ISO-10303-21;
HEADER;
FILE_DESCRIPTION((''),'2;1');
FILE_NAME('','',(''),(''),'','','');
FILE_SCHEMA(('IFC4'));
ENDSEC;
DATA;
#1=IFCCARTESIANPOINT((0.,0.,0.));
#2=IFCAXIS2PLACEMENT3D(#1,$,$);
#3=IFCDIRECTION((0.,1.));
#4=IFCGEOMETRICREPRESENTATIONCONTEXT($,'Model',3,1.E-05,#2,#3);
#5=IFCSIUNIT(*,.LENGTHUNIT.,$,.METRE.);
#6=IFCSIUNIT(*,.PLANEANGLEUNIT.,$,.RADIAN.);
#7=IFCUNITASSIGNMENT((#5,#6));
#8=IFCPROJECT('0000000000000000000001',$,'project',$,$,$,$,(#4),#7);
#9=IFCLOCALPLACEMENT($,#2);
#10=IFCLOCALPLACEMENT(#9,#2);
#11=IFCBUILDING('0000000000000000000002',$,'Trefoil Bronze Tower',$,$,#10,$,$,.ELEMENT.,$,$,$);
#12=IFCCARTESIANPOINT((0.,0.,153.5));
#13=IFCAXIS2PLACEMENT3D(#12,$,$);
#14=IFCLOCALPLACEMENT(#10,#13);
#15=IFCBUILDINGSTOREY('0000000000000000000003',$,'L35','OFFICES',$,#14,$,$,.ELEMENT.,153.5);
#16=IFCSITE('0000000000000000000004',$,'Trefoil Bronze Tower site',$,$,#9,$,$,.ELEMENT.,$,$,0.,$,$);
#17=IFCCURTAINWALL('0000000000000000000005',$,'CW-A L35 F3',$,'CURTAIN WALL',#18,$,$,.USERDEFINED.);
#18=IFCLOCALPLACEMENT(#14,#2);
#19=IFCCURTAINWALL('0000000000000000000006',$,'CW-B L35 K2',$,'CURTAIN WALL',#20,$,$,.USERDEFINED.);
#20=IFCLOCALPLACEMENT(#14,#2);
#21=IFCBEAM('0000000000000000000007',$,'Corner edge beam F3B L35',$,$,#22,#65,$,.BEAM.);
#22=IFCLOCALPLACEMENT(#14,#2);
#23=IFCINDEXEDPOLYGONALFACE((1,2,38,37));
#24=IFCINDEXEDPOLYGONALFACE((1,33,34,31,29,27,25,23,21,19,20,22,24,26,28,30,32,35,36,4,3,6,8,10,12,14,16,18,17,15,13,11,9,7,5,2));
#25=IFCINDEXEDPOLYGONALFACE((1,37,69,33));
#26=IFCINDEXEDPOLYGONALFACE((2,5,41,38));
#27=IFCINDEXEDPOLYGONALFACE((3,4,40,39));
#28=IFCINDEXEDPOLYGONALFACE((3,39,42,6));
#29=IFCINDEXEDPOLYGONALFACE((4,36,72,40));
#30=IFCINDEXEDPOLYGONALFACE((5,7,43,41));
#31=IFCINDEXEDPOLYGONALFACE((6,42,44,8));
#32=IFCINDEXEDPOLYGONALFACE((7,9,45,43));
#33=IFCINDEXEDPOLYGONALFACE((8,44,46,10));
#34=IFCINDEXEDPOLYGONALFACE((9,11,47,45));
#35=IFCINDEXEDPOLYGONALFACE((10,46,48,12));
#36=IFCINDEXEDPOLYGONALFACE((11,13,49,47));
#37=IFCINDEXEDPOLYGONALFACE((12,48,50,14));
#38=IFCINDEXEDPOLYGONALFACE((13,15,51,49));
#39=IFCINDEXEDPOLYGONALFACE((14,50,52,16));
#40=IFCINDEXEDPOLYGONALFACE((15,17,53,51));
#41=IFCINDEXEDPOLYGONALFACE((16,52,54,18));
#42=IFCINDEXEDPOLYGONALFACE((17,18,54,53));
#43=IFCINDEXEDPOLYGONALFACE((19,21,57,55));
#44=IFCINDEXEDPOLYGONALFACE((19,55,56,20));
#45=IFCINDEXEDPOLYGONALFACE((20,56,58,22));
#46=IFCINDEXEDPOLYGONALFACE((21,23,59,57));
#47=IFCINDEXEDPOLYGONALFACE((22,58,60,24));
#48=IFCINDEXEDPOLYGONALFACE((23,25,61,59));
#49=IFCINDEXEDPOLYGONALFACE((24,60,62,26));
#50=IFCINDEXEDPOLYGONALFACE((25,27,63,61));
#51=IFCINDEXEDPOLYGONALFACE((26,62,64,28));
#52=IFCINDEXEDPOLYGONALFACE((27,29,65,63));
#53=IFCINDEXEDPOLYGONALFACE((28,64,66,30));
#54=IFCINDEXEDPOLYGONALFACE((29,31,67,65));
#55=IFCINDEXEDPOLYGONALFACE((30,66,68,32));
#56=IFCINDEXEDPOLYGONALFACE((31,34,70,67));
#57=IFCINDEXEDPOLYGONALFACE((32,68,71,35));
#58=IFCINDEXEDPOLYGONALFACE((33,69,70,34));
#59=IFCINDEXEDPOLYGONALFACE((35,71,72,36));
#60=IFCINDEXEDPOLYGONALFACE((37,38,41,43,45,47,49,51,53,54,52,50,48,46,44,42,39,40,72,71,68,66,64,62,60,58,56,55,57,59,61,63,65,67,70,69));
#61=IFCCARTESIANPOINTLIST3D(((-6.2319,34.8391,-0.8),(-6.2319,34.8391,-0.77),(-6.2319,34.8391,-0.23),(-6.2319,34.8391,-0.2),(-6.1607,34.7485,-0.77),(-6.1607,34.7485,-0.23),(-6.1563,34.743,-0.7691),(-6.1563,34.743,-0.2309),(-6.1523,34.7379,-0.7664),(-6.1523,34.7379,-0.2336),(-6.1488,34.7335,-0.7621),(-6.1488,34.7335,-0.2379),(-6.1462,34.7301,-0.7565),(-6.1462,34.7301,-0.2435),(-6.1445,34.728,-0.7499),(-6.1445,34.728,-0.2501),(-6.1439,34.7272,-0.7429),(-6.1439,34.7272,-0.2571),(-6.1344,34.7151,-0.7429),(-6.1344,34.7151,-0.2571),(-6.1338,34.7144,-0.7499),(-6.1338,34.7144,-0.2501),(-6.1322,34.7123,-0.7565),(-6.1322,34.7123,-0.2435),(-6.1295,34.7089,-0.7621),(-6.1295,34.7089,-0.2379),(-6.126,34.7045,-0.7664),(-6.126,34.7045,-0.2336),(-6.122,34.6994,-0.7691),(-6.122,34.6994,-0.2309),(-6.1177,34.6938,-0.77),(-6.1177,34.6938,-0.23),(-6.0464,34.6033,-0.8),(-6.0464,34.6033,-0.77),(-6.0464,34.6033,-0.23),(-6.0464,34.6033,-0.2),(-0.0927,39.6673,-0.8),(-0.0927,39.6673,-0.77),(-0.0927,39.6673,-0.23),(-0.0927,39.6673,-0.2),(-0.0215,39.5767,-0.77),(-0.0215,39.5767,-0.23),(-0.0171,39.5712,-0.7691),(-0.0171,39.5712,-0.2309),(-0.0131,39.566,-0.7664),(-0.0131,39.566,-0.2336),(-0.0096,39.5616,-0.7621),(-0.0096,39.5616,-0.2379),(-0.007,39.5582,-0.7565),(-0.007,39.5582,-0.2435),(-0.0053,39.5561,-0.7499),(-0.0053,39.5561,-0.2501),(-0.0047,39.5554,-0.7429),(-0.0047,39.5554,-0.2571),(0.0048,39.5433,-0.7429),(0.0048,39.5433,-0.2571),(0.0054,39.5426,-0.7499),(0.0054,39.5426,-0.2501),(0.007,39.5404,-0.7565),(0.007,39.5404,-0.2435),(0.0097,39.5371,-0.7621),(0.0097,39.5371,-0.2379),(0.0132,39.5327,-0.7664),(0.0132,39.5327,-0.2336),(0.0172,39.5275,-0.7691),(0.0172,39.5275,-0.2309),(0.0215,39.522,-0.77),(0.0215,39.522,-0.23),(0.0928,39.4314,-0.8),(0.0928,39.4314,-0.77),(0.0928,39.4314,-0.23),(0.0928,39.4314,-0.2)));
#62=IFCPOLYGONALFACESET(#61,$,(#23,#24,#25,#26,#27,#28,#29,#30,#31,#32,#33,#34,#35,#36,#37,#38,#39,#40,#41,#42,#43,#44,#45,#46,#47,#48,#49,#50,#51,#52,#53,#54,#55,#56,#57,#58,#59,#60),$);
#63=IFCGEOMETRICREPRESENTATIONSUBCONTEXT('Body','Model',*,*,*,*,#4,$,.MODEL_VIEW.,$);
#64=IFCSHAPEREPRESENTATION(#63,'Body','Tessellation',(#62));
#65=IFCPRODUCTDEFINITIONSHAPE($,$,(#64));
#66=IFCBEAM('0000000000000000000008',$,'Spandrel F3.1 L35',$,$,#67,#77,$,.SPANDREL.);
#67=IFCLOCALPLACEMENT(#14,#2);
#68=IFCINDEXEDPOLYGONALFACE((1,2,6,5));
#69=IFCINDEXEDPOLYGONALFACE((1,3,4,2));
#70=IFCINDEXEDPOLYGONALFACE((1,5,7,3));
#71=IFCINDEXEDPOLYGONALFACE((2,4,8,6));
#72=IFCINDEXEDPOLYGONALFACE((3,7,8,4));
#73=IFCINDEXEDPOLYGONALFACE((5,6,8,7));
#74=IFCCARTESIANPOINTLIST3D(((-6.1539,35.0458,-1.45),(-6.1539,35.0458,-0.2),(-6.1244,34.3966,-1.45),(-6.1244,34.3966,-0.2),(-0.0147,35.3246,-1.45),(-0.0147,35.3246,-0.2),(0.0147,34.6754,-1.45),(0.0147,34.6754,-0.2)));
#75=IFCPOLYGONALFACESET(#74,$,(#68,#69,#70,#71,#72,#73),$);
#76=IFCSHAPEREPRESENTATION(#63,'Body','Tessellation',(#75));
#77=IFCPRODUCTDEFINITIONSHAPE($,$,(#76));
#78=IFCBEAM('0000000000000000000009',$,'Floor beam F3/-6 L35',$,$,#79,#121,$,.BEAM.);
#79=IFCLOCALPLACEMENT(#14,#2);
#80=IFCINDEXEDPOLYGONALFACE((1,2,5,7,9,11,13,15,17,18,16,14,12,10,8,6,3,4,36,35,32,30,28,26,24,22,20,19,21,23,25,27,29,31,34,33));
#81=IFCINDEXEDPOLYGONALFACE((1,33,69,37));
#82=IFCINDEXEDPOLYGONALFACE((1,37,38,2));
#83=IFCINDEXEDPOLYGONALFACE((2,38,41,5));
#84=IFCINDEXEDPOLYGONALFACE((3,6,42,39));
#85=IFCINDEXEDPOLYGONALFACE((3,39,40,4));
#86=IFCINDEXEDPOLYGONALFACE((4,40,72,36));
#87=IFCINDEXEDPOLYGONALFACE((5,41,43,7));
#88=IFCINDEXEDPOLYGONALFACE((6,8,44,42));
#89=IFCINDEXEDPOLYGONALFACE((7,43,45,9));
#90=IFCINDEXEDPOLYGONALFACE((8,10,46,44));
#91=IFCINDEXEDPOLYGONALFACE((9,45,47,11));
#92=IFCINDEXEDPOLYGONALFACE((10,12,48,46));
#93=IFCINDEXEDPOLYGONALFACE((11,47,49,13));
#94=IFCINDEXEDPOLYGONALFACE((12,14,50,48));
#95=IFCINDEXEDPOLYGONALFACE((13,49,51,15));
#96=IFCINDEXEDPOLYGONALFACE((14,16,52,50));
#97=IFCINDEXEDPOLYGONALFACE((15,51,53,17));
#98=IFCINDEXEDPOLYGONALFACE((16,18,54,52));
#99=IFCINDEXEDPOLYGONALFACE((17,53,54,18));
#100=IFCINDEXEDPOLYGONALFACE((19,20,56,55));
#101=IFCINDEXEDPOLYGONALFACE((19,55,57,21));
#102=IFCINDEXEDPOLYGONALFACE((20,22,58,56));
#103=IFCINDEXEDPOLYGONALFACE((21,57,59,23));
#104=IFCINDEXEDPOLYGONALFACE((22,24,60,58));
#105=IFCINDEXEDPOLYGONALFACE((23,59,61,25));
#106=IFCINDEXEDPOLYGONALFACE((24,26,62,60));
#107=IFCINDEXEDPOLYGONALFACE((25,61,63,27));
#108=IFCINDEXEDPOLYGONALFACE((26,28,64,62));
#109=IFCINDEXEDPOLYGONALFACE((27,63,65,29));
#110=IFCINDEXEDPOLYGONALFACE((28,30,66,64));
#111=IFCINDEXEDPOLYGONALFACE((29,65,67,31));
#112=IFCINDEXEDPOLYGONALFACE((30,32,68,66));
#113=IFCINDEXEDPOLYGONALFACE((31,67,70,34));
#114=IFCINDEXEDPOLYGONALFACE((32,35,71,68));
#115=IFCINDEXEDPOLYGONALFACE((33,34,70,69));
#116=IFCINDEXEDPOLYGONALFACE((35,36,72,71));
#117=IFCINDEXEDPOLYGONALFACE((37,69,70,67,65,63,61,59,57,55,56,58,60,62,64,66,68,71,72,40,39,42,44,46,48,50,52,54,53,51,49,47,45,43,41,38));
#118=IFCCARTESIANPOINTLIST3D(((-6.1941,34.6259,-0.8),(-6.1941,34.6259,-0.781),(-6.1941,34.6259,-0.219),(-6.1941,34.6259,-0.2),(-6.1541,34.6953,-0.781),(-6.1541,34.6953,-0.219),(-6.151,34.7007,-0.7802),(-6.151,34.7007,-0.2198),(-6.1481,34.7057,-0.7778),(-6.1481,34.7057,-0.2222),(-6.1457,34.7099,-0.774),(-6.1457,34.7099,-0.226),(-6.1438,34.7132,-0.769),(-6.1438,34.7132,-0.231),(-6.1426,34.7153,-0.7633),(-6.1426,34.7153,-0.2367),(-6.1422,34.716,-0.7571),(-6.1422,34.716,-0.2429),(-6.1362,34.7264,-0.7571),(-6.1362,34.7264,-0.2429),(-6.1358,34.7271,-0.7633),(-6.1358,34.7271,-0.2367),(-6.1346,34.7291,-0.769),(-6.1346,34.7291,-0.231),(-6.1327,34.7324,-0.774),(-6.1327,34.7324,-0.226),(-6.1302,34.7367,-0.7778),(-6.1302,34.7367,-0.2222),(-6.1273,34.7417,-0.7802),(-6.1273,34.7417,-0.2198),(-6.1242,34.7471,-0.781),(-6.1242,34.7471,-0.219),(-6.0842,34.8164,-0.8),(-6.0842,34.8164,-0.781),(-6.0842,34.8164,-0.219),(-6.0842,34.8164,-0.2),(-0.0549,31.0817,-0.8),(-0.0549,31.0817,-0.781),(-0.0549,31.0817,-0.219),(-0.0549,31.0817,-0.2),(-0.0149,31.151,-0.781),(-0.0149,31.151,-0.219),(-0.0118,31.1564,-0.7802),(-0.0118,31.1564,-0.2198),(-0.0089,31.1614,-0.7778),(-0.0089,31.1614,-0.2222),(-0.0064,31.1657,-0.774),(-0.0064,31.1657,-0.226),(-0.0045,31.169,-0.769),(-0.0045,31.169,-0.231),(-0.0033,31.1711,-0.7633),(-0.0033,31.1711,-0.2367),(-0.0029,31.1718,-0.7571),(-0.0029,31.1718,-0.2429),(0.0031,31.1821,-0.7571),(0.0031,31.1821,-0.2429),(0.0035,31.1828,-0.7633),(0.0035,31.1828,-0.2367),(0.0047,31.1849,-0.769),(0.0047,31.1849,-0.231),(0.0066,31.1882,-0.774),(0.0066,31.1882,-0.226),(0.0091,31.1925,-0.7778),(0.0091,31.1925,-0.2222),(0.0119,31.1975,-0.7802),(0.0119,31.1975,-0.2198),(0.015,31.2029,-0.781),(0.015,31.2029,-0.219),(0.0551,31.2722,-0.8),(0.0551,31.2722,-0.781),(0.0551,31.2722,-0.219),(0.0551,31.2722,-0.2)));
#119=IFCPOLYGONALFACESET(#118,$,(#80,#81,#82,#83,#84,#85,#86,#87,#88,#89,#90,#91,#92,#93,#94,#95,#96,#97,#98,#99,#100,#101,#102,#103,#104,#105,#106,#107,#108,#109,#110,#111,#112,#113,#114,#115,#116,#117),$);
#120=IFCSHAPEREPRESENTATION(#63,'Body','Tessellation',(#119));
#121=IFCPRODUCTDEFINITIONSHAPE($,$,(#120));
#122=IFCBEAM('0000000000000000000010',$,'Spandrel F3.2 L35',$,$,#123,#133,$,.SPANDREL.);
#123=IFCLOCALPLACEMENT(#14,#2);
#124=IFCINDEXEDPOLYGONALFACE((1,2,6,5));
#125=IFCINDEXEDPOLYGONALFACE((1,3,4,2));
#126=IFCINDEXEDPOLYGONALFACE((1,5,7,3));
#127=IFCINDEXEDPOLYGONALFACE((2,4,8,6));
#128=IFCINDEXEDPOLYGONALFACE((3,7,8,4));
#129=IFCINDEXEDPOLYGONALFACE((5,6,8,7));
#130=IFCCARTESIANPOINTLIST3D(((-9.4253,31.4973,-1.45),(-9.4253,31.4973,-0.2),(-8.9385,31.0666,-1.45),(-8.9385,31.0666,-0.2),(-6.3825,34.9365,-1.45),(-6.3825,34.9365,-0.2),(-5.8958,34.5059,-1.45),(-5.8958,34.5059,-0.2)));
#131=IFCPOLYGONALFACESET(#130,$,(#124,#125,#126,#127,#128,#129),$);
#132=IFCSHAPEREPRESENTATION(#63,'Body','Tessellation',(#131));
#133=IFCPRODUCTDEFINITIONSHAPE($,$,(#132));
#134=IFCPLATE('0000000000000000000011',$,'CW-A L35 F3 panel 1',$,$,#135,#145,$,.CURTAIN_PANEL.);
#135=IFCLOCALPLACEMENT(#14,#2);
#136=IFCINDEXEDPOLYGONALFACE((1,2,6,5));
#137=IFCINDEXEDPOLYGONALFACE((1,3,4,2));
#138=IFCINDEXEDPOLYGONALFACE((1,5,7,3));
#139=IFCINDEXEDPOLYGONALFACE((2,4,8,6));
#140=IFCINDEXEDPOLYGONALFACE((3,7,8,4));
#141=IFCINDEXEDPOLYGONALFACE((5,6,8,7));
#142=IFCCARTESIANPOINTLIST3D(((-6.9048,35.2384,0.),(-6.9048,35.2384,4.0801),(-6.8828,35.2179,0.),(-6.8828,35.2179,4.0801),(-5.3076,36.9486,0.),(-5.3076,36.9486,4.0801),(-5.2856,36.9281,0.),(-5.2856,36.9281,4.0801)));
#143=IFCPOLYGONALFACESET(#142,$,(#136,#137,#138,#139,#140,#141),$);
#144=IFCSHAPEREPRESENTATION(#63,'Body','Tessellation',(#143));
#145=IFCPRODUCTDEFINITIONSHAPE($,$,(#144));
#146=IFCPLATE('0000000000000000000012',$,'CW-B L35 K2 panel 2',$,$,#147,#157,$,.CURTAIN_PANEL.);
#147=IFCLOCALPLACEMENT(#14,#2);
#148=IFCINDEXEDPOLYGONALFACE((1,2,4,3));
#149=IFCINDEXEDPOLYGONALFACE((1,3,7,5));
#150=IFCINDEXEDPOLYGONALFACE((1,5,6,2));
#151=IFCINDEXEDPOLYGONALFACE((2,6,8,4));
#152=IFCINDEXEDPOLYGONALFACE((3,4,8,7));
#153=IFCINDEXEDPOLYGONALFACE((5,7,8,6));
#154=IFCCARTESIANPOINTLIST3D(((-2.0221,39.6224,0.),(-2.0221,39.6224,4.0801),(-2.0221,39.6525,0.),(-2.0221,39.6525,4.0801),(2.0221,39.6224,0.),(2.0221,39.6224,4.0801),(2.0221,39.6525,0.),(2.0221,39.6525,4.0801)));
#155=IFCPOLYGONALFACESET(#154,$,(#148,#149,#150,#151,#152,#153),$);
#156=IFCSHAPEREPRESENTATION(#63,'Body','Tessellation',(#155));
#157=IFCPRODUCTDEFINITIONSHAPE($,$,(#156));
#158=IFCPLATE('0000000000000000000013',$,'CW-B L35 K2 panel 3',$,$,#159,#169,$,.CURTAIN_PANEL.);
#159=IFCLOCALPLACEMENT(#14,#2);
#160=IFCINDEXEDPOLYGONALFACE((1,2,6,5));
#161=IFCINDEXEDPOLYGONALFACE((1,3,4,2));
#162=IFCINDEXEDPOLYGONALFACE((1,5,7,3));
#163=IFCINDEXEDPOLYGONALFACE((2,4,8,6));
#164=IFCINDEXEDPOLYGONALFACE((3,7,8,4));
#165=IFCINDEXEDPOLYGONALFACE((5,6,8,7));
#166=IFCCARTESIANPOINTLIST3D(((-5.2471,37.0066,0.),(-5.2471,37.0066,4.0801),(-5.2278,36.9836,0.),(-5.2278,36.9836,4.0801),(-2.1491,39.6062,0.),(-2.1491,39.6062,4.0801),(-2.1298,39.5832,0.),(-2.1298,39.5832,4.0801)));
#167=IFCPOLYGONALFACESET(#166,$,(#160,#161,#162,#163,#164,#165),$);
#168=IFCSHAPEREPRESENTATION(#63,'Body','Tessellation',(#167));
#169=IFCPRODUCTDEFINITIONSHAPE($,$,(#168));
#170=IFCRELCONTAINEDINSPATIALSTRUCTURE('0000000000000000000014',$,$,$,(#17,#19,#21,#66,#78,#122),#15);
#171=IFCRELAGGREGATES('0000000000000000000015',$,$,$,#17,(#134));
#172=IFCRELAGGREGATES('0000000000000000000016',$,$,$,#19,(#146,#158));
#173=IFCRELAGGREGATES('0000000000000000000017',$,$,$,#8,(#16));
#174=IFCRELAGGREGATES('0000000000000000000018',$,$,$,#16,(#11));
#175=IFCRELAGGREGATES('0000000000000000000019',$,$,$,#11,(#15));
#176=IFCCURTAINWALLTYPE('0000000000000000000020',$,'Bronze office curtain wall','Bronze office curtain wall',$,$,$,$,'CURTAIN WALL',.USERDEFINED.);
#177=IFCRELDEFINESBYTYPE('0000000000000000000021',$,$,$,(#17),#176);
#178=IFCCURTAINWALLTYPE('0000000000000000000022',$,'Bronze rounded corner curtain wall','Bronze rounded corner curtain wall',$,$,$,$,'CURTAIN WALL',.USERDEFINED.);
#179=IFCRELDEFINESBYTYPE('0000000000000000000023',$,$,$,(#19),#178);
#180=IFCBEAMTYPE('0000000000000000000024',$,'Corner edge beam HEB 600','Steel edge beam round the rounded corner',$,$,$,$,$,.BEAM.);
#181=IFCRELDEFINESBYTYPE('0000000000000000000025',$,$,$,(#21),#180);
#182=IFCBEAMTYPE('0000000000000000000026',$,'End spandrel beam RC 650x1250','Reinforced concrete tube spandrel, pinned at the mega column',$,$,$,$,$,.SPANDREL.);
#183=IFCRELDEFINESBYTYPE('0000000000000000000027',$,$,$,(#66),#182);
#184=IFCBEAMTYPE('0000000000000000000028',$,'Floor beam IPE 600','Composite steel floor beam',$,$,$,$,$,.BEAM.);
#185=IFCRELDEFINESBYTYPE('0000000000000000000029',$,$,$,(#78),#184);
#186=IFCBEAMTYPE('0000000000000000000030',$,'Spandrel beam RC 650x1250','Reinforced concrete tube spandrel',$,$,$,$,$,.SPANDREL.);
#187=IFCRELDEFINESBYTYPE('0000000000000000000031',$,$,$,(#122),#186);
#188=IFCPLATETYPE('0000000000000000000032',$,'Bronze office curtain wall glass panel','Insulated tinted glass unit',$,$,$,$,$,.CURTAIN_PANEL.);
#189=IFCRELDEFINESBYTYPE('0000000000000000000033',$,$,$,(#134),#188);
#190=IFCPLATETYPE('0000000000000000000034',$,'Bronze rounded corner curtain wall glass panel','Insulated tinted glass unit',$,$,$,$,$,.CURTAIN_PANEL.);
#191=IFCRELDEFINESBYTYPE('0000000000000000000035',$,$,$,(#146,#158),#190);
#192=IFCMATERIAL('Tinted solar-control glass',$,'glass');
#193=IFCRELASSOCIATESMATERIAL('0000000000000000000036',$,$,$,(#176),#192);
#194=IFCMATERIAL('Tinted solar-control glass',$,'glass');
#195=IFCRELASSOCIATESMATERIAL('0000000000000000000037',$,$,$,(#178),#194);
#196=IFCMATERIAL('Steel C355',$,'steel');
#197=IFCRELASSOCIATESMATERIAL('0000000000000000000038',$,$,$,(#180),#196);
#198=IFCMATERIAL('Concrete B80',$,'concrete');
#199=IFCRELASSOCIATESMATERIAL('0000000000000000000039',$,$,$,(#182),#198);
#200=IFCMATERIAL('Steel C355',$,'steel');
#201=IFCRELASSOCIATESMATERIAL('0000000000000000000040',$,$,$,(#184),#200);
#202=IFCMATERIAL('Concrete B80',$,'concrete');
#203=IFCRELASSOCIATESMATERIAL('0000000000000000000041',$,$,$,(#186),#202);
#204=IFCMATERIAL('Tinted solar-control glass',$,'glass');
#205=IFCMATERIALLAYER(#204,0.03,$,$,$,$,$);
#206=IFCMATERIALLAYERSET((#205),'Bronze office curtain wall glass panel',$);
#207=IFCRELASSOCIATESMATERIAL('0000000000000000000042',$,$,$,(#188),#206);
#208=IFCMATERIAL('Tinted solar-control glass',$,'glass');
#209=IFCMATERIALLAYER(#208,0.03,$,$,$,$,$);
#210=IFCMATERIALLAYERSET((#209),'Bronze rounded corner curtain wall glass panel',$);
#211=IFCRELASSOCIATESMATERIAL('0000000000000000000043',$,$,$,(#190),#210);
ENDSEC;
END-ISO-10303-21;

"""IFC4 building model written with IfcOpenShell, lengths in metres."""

from ifc_helpers import new_model, si_unit, direction, frame, origin, origin_2d, place, context, subcontext, project, spatial, rectangle, i_section, extrude, material, layer, layer_set, material_profile, profile_set, type_object, element, aggregate, save


model = new_model("IFC4")

# Units and contexts
model_context = context("Model", 3, precision=1e-05, world=origin(), true_north=direction((0.0, 1.0)))
body_context = subcontext(model_context, "Body", "Model", "MODEL_VIEW")
ifc_project = project(units=[si_unit("LENGTHUNIT", "METRE"), si_unit("PLANEANGLEUNIT", "RADIAN")], contexts=[model_context])

# Site, building, storey
site_placement = place(None, origin())
site = spatial("IfcSite", under=ifc_project, at=site_placement, Name="Trefoil Bronze Tower site", CompositionType="ELEMENT", RefElevation=0.0)
building_placement = place(site_placement, origin())
building = spatial("IfcBuilding", under=site, at=building_placement, Name="Trefoil Bronze Tower", CompositionType="ELEMENT")
storey_placement = place(building_placement, frame((0.0, 0.0, 153.5)))
storey = spatial("IfcBuildingStorey", under=building, at=storey_placement, Name="L35", Description="OFFICES", CompositionType="ELEMENT", Elevation=153.5)

# Curtain wall
ifc_material_1 = material(Name="Tinted solar-control glass", Category="glass")
curtain_wall_type_1 = type_object("IfcCurtainWallType", Name="Bronze office curtain wall", Description="Bronze office curtain wall", ElementType="CURTAIN WALL", PredefinedType="USERDEFINED", material=ifc_material_1)
curtain_wall_1_placement = place(storey_placement, origin())
curtain_wall_1 = element("IfcCurtainWall", 1, at=curtain_wall_1_placement, inside=storey, type_object=curtain_wall_type_1, Name="CW-A L35 F3", ObjectType="CURTAIN WALL", PredefinedType="USERDEFINED")

# Curtain wall
ifc_material_2 = material(Name="Tinted solar-control glass", Category="glass")
curtain_wall_type_2 = type_object("IfcCurtainWallType", Name="Bronze rounded corner curtain wall", Description="Bronze rounded corner curtain wall", ElementType="CURTAIN WALL", PredefinedType="USERDEFINED", material=ifc_material_2)
curtain_wall_2_placement = place(storey_placement, origin())
curtain_wall_2 = element("IfcCurtainWall", 2, at=curtain_wall_2_placement, inside=storey, type_object=curtain_wall_type_2, Name="CW-B L35 K2", ObjectType="CURTAIN WALL", PredefinedType="USERDEFINED")

# Beams
ifc_material_3 = material(Name="Steel C355", Category="steel")
ifc_material_profile_1 = material_profile(ifc_material_3, i_section(OverallWidth=0.3, OverallDepth=0.6001, WebThickness=0.0154, FlangeThickness=0.03, FilletRadius=0.0271, at=origin_2d()), Name="HEB 600")
ifc_profile_set_1 = profile_set([ifc_material_profile_1], Name="Steel C355")
beam_type_1 = type_object("IfcBeamType", Name="Corner edge beam HEB 600", Description="Steel edge beam round the rounded corner", PredefinedType="BEAM", material=ifc_profile_set_1)
beam_1_placement = place(storey_placement, frame((-6.1392, 34.7212, -0.5), z_axis=(0.786038, 0.618178, 0.0), x_axis=(-0.618178, 0.786038, 0.0)))
element("IfcBeam", 3, at=beam_1_placement, inside=storey, type_object=beam_type_1, Name="Corner edge beam F3B L35", PredefinedType="BEAM", context=body_context, shape_type="SweptSolid", body=[
    extrude(i_section(OverallWidth=0.3, OverallDepth=0.6001, WebThickness=0.0154, FlangeThickness=0.03, FilletRadius=0.0271, at=origin_2d()), origin(), (0.0, 0.0, 1.0), 7.8103),
])
ifc_material_4 = material(Name="Concrete B80", Category="concrete")
ifc_material_profile_2 = material_profile(ifc_material_4, rectangle(XDim=0.6499, YDim=1.25, at=origin_2d()), Name="RC 650x1250")
ifc_profile_set_2 = profile_set([ifc_material_profile_2], Name="Concrete B80")
beam_type_2 = type_object("IfcBeamType", Name="End spandrel beam RC 650x1250", Description="Reinforced concrete tube spandrel, pinned at the mega column", PredefinedType="SPANDREL", material=ifc_profile_set_2)
beam_2_placement = place(storey_placement, frame((0.0, 35.0, -0.825), z_axis=(-0.99897, -0.045368, 0.0), x_axis=(0.045368, -0.99897, 0.0)))
element("IfcBeam", 4, at=beam_2_placement, inside=storey, type_object=beam_type_2, Name="Spandrel F3.1 L35", PredefinedType="SPANDREL", context=body_context, shape_type="SweptSolid", body=[
    extrude(rectangle(XDim=0.6499, YDim=1.25, at=origin_2d()), origin(), (0.0, 0.0, 1.0), 6.1455),
])
ifc_material_5 = material(Name="Steel C355", Category="steel")
ifc_material_profile_3 = material_profile(ifc_material_5, i_section(OverallWidth=0.22, OverallDepth=0.6001, WebThickness=0.012, FlangeThickness=0.019, FilletRadius=0.0239, at=origin_2d()), Name="IPE 600")
ifc_profile_set_3 = profile_set([ifc_material_profile_3], Name="Steel C355")
beam_type_3 = type_object("IfcBeamType", Name="Floor beam IPE 600", Description="Composite steel floor beam", PredefinedType="BEAM", material=ifc_profile_set_3)
beam_3_placement = place(storey_placement, frame((-6.1392, 34.7212, -0.5), z_axis=(0.866041, -0.499973, 0.0), x_axis=(0.499973, 0.866041, 0.0)))
element("IfcBeam", 5, at=beam_3_placement, inside=storey, type_object=beam_type_3, Name="Floor beam F3/-6 L35", PredefinedType="BEAM", context=body_context, shape_type="SweptSolid", body=[
    extrude(i_section(OverallWidth=0.22, OverallDepth=0.6001, WebThickness=0.012, FlangeThickness=0.019, FilletRadius=0.0239, at=origin_2d()), origin(), (0.0, 0.0, 1.0), 7.0889),
])
ifc_material_6 = material(Name="Concrete B80", Category="concrete")
ifc_material_profile_4 = material_profile(ifc_material_6, rectangle(XDim=0.6499, YDim=1.25, at=origin_2d()), Name="RC 650x1250")
ifc_profile_set_4 = profile_set([ifc_material_profile_4], Name="Concrete B80")
beam_type_4 = type_object("IfcBeamType", Name="Spandrel beam RC 650x1250", Description="Reinforced concrete tube spandrel", PredefinedType="SPANDREL", material=ifc_profile_set_4)
beam_4_placement = place(storey_placement, frame((-6.1392, 34.7212, -0.825), z_axis=(-0.662616, -0.748959, 0.0), x_axis=(0.748959, -0.662616, 0.0)))
element("IfcBeam", 6, at=beam_4_placement, inside=storey, type_object=beam_type_4, Name="Spandrel F3.2 L35", PredefinedType="SPANDREL", context=body_context, shape_type="SweptSolid", body=[
    extrude(rectangle(XDim=0.6499, YDim=1.25, at=origin_2d()), origin(), (0.0, 0.0, 1.0), 4.592),
])

# Plates
ifc_material_7 = material(Name="Tinted solar-control glass", Category="glass")
ifc_layer_1 = layer(ifc_material_7, 0.03)
ifc_layer_set_1 = layer_set([ifc_layer_1], Name="Bronze office curtain wall glass panel")
plate_type_1 = type_object("IfcPlateType", Name="Bronze office curtain wall glass panel", Description="Insulated tinted glass unit", PredefinedType="CURTAIN_PANEL", material=ifc_layer_set_1)
plate_1_placement = place(storey_placement, frame((-6.0952, 36.0833, 0.0), z_axis=(0.0, 0.0, 1.0), x_axis=(-0.682536, -0.730852, 0.0)))
plate_1 = element("IfcPlate", 7, at=plate_1_placement, type_object=plate_type_1, Name="CW-A L35 F3 panel 1", PredefinedType="CURTAIN_PANEL", context=body_context, shape_type="SweptSolid", body=[
    extrude(rectangle(XDim=2.3401, YDim=0.03, at=origin_2d()), origin(), (0.0, 0.0, 1.0), 4.0801),
])
aggregate(curtain_wall_1, [plate_1])
ifc_material_8 = material(Name="Tinted solar-control glass", Category="glass")
ifc_layer_2 = layer(ifc_material_8, 0.03)
ifc_layer_set_2 = layer_set([ifc_layer_2], Name="Bronze rounded corner curtain wall glass panel")
plate_type_2 = type_object("IfcPlateType", Name="Bronze rounded corner curtain wall glass panel", Description="Insulated tinted glass unit", PredefinedType="CURTAIN_PANEL", material=ifc_layer_set_2)
plate_2_placement = place(storey_placement, frame((0.0, 39.6375, 0.0), z_axis=(0.0, 0.0, 1.0), x_axis=(-1.0, 0.0, 0.0)))
plate_2 = element("IfcPlate", 8, at=plate_2_placement, type_object=plate_type_2, Name="CW-B L35 K2 panel 2", PredefinedType="CURTAIN_PANEL", context=body_context, shape_type="SweptSolid", body=[
    extrude(rectangle(XDim=4.0442, YDim=0.03, at=origin_2d()), origin(), (0.0, 0.0, 1.0), 4.0801),
])
plate_3_placement = place(storey_placement, frame((-3.6885, 38.2949, 0.0), z_axis=(0.0, 0.0, 1.0), x_axis=(-0.766044, -0.642788, 0.0)))
plate_3 = element("IfcPlate", 9, at=plate_3_placement, type_object=plate_type_2, Name="CW-B L35 K2 panel 3", PredefinedType="CURTAIN_PANEL", context=body_context, shape_type="SweptSolid", body=[
    extrude(rectangle(XDim=4.0442, YDim=0.03, at=origin_2d()), origin(), (0.0, 0.0, 1.0), 4.0801),
])
aggregate(curtain_wall_2, [plate_2, plate_3])

save(model, "model.ifc")
